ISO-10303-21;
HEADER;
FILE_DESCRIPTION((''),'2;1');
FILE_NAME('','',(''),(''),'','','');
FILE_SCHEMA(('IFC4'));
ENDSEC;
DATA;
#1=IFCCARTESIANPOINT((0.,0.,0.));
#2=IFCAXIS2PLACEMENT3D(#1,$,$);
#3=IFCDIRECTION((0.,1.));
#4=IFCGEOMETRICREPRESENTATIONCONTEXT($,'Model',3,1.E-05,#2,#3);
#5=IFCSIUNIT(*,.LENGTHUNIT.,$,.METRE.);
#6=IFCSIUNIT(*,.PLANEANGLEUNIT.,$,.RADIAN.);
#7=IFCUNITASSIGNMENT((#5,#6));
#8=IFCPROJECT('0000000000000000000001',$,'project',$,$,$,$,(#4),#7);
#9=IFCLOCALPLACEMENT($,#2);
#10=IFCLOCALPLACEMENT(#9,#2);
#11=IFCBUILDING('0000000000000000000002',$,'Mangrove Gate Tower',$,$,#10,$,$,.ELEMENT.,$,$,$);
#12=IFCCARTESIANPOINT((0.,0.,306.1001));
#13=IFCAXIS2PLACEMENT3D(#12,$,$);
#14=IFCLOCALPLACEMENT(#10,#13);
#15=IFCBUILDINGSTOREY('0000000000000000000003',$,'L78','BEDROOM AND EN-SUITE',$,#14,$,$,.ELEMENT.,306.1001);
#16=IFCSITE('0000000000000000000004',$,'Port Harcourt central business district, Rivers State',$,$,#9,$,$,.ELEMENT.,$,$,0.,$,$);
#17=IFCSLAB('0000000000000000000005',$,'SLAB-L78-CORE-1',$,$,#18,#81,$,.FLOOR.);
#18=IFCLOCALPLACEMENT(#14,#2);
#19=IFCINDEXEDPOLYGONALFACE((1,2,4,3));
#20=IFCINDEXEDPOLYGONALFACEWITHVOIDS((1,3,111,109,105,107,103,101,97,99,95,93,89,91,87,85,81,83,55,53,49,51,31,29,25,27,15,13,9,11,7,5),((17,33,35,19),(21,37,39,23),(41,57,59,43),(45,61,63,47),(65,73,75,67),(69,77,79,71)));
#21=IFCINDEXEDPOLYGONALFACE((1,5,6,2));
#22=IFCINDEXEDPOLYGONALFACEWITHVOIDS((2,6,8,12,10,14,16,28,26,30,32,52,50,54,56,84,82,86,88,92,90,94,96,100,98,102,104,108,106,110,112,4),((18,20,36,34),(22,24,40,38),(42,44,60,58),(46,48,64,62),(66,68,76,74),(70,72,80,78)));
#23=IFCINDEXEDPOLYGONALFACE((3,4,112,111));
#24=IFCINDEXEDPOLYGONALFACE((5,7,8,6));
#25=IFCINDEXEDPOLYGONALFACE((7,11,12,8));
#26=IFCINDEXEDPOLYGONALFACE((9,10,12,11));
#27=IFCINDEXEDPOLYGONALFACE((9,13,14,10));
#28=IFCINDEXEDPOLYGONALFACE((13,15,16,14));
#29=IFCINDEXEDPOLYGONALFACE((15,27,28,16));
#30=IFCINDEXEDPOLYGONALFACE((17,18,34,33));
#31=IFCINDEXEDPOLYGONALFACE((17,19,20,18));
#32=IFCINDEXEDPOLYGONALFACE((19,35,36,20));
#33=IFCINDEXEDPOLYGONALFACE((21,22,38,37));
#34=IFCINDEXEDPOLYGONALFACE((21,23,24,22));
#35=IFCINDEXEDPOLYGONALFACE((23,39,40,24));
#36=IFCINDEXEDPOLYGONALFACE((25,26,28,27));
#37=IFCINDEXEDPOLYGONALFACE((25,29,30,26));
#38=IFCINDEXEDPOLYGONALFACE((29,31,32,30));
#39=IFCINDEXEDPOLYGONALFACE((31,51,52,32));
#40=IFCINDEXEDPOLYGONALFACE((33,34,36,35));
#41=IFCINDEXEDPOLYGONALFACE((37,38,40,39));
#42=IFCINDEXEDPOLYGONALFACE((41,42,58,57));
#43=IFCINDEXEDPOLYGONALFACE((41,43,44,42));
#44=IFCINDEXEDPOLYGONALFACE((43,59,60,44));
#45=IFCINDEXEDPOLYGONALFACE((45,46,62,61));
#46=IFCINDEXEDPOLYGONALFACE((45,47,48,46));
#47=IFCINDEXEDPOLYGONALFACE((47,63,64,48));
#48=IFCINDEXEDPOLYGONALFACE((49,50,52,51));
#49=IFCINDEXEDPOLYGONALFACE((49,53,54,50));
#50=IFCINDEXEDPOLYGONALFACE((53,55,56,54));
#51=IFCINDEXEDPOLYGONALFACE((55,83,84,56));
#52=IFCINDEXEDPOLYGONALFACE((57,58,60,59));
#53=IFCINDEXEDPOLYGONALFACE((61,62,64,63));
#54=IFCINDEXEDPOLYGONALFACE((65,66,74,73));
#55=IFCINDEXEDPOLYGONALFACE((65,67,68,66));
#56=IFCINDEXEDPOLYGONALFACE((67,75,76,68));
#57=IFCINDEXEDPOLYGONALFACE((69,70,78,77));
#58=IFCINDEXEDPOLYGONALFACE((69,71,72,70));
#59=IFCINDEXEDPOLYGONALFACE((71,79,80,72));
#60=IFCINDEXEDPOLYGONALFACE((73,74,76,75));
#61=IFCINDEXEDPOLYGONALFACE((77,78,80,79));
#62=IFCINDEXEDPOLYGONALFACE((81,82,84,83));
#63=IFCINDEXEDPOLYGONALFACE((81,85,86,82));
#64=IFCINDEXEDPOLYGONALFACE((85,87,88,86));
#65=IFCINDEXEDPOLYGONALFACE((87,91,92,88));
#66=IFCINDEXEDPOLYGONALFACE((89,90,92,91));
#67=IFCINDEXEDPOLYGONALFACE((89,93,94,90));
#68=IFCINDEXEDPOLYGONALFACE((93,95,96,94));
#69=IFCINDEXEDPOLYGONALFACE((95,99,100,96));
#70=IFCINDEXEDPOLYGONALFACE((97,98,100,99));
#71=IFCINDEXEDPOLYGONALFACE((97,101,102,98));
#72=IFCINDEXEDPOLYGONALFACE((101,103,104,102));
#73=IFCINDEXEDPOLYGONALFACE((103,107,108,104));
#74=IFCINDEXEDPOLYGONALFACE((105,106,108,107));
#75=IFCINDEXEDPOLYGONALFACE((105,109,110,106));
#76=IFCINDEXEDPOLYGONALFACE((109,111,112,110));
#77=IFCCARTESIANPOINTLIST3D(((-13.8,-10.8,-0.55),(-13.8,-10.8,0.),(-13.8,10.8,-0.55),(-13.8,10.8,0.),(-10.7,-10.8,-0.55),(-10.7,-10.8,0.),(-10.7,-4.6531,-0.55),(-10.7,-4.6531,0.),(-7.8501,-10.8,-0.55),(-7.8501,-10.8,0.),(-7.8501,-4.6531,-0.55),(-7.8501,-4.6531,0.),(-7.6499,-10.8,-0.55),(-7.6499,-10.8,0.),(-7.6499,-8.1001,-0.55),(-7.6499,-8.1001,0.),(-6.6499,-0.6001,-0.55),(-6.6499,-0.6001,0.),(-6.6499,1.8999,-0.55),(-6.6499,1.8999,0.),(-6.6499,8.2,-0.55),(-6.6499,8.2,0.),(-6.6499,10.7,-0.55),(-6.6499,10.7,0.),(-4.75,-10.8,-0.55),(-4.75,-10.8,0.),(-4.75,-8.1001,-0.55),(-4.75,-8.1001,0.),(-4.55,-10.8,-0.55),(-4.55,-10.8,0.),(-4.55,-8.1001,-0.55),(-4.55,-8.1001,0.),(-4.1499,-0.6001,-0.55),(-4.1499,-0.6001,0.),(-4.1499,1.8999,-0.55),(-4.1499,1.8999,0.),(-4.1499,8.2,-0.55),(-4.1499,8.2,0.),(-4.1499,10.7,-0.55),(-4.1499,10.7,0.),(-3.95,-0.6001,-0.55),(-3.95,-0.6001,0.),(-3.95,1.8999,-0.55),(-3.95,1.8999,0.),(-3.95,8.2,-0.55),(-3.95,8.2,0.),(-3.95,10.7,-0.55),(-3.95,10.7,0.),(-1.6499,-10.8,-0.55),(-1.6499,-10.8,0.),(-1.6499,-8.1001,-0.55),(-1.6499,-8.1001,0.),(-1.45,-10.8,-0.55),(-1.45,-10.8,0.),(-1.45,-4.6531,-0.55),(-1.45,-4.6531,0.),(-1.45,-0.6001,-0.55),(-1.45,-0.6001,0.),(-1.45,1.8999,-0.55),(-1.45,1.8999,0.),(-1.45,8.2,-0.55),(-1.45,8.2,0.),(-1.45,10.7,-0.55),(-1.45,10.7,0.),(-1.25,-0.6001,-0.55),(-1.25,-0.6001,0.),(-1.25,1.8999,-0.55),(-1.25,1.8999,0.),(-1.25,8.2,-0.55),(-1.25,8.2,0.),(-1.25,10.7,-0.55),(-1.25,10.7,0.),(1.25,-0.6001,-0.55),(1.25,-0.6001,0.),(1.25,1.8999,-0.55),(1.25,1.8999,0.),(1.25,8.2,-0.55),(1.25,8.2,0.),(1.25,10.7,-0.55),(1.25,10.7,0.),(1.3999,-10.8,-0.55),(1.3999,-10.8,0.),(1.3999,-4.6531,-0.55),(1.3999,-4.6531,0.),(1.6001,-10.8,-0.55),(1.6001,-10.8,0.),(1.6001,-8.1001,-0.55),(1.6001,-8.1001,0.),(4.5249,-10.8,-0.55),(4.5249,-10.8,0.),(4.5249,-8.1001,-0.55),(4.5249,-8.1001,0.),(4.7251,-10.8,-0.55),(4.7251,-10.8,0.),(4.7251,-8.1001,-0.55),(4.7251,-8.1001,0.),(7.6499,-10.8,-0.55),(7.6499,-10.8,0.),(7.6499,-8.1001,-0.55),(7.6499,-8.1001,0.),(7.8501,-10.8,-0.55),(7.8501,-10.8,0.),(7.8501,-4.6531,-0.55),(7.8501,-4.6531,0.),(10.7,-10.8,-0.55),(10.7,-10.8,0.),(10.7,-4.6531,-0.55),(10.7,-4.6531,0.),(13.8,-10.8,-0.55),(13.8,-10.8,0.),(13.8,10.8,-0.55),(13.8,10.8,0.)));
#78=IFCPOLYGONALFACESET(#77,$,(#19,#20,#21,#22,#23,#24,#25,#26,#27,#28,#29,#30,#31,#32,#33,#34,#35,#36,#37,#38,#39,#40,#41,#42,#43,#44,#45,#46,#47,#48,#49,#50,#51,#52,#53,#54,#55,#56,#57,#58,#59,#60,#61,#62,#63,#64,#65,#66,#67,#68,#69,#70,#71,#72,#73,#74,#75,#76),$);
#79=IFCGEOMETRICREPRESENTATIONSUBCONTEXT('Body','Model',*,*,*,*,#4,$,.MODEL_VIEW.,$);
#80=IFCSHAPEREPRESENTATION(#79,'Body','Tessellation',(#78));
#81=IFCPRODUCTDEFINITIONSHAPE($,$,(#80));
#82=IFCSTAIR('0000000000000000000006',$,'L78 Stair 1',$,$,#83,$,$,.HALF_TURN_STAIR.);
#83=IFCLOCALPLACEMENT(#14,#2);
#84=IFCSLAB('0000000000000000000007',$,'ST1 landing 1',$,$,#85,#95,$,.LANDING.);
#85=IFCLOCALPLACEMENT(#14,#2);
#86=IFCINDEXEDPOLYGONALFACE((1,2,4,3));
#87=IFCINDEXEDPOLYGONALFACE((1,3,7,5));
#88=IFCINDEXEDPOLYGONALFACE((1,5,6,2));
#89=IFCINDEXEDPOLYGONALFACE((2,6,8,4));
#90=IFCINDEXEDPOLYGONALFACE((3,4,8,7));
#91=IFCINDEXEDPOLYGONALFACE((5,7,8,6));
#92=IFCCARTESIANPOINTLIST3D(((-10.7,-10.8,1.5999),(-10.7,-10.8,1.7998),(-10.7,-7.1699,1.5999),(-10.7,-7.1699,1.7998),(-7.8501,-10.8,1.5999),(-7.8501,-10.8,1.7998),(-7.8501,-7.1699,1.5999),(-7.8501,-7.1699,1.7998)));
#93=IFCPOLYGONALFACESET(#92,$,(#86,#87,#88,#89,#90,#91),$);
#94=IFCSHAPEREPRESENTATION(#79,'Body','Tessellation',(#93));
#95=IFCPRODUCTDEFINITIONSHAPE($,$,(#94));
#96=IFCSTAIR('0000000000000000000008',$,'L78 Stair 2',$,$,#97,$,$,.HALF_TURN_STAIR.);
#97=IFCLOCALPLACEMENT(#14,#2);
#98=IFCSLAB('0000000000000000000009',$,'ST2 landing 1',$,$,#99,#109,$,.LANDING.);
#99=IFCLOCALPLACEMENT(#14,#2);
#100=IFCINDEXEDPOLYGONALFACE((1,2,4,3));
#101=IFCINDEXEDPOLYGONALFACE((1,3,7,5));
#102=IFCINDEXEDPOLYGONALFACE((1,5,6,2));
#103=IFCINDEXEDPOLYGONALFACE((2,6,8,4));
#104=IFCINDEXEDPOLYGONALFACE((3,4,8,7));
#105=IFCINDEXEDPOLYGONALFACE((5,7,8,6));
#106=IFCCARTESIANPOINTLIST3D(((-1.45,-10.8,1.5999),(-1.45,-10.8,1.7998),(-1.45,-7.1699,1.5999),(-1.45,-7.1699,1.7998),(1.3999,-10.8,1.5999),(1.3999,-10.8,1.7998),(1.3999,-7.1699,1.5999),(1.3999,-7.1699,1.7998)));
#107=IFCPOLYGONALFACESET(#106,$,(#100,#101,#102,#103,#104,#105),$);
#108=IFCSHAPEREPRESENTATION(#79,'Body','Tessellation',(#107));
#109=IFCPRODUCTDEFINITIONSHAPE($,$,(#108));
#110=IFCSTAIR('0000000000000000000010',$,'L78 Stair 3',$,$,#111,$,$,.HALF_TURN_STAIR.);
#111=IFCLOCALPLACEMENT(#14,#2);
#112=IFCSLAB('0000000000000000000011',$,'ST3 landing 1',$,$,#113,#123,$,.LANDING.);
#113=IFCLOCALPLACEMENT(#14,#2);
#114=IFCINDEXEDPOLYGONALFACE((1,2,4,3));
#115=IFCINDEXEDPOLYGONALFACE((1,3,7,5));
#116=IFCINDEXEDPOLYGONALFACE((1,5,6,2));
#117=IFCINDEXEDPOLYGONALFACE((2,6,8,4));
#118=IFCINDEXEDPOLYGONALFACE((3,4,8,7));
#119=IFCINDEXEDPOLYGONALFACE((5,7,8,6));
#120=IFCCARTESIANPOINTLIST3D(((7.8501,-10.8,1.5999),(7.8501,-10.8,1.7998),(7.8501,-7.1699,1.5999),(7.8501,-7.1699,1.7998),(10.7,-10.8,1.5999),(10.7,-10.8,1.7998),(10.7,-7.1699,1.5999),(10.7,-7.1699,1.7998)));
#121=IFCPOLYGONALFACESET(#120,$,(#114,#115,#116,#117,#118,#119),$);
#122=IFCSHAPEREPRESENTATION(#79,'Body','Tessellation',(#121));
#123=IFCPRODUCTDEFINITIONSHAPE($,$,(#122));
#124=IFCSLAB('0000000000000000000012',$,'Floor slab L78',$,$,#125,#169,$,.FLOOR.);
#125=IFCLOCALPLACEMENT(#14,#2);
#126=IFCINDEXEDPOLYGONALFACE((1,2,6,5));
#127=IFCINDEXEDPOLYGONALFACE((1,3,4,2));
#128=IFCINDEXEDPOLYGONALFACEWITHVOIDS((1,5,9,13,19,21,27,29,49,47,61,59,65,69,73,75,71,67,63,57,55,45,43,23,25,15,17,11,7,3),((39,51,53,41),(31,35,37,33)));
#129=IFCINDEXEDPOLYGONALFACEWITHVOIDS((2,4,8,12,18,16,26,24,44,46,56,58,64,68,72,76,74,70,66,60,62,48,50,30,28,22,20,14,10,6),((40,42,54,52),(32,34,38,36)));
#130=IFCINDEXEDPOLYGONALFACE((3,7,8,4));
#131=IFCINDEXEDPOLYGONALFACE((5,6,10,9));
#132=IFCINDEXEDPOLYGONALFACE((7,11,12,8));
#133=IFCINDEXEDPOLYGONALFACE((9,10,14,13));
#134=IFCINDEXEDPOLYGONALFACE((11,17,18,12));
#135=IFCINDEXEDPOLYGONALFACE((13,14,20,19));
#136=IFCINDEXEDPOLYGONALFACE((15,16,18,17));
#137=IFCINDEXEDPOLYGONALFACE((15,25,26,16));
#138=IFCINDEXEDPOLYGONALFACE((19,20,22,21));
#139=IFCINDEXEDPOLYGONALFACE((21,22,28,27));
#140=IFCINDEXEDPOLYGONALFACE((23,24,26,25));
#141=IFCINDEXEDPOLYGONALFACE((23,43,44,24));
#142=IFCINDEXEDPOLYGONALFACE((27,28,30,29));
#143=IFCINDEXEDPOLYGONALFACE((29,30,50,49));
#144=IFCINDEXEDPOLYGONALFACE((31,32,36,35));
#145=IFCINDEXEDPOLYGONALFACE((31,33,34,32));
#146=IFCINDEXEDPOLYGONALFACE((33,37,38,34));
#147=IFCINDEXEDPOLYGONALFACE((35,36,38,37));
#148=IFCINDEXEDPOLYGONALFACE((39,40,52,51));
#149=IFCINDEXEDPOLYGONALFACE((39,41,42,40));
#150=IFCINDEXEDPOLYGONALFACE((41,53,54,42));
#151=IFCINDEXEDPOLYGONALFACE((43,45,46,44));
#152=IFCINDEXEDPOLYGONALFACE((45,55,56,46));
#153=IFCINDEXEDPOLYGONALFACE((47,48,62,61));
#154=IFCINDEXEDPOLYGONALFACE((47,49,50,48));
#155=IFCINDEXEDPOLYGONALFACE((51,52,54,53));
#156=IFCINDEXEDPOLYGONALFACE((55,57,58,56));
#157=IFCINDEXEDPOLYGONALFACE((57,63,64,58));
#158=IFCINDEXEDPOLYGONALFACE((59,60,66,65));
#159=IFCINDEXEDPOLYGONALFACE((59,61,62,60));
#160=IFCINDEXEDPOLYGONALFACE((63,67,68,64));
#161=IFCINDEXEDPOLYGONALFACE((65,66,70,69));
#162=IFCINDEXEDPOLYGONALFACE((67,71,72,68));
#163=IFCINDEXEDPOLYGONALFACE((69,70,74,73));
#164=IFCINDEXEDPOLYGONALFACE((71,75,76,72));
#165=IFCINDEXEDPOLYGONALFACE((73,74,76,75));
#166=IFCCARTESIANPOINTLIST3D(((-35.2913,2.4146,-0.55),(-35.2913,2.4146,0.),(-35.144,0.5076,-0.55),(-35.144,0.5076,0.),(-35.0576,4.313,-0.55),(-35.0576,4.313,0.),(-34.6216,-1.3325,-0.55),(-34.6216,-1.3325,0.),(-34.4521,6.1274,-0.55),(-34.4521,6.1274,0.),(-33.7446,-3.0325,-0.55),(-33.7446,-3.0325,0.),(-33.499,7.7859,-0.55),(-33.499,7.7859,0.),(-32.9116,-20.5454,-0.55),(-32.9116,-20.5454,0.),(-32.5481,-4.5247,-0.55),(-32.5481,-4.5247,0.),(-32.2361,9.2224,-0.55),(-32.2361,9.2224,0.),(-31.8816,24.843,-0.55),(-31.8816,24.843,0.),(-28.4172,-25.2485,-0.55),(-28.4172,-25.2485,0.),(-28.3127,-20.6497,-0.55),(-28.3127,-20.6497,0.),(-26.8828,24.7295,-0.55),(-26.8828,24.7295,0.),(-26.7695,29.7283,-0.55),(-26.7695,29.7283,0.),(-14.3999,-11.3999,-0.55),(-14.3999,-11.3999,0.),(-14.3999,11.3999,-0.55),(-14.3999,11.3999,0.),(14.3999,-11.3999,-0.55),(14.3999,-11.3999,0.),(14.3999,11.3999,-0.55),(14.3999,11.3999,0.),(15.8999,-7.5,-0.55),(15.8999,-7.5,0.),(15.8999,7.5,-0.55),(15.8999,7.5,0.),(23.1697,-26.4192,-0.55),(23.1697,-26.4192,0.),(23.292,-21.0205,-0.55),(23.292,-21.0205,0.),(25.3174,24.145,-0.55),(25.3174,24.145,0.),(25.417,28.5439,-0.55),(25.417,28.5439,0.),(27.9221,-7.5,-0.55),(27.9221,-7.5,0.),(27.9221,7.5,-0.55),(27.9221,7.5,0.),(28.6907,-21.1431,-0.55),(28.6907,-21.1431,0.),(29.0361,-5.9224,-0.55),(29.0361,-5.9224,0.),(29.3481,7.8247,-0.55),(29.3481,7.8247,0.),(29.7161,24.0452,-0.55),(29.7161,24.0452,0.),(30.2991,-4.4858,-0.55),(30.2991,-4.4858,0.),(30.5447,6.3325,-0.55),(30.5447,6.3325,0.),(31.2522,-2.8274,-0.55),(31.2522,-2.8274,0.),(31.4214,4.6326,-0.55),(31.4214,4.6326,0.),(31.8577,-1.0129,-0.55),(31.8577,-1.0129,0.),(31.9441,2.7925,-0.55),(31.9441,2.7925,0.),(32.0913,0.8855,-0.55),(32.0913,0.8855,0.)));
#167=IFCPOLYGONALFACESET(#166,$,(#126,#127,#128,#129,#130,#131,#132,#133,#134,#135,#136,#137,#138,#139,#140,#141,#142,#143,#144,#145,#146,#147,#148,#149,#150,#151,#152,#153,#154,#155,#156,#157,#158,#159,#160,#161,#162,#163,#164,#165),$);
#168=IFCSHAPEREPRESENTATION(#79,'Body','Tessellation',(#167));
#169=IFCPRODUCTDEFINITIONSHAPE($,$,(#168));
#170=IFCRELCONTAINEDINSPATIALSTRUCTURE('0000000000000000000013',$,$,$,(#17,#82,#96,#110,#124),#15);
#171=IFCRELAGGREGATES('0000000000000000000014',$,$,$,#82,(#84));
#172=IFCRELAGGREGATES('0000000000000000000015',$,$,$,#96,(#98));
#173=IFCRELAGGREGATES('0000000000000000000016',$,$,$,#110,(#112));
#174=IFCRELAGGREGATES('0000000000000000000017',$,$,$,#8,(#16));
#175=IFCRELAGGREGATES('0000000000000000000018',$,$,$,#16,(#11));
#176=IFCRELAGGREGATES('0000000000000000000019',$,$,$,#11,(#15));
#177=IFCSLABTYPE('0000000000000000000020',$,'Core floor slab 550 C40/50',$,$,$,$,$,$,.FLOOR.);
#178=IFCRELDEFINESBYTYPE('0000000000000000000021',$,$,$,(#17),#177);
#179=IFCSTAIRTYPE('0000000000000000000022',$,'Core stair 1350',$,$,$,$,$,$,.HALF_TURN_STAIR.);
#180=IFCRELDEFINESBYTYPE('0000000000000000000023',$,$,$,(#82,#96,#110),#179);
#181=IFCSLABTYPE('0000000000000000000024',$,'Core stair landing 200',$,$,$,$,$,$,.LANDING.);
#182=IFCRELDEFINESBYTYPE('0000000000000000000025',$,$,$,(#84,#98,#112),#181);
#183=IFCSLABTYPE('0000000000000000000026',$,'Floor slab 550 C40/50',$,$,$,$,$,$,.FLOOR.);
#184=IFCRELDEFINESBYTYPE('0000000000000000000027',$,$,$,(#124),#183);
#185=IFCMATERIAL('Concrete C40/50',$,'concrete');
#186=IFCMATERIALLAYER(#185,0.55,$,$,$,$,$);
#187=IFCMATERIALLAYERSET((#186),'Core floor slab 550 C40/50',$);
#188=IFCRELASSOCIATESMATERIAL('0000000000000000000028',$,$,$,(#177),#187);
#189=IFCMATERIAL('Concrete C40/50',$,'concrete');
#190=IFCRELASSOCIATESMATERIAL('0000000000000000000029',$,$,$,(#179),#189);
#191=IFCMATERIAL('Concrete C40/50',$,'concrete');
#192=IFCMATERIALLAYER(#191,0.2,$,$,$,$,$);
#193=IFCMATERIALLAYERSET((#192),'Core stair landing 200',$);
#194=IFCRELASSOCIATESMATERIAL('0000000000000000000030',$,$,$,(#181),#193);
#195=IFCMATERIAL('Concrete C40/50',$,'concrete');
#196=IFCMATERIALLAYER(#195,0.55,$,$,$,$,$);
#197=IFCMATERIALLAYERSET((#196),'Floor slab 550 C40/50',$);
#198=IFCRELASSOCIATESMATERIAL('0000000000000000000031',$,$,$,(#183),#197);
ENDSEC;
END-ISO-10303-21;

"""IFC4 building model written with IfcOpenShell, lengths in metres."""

from ifc_helpers import new_model, si_unit, direction, frame, origin, place, context, subcontext, project, spatial, polyline, outline, extrude, material, layer, layer_set, type_object, element, aggregate, save


model = new_model("IFC4")

# Units and contexts
model_context = context("Model", 3, precision=1e-05, world=origin(), true_north=direction((0.0, 1.0)))
body_context = subcontext(model_context, "Body", "Model", "MODEL_VIEW")
ifc_project = project(units=[si_unit("LENGTHUNIT", "METRE"), si_unit("PLANEANGLEUNIT", "RADIAN")], contexts=[model_context])

# Site, building, storey
site_placement = place(None, origin())
site = spatial("IfcSite", under=ifc_project, at=site_placement, Name="Port Harcourt central business district, Rivers State", CompositionType="ELEMENT", RefElevation=0.0)
building_placement = place(site_placement, origin())
building = spatial("IfcBuilding", under=site, at=building_placement, Name="Mangrove Gate Tower", CompositionType="ELEMENT")
storey_placement = place(building_placement, frame((0.0, 0.0, 306.1001)))
storey = spatial("IfcBuildingStorey", under=building, at=storey_placement, Name="L78", Description="BEDROOM AND EN-SUITE", CompositionType="ELEMENT", Elevation=306.1001)

# Slab
ifc_material_1 = material(Name="Concrete C40/50", Category="concrete")
ifc_layer_1 = layer(ifc_material_1, 0.55)
ifc_layer_set_1 = layer_set([ifc_layer_1], Name="Core floor slab 550 C40/50")
slab_type_1 = type_object("IfcSlabType", Name="Core floor slab 550 C40/50", PredefinedType="FLOOR", material=ifc_layer_set_1)
slab_1_placement = place(storey_placement, frame((0.0, 0.0, -0.55)))
element("IfcSlab", 1, at=slab_1_placement, inside=storey, type_object=slab_type_1, Name="SLAB-L78-CORE-1", PredefinedType="FLOOR", context=body_context, shape_type="SweptSolid", body=[
    extrude(outline(polyline([(-13.8, -10.8), (-13.8, 10.8), (13.8, 10.8), (13.8, -10.8), (10.7, -10.8), (10.7, -4.6531), (7.8501, -4.6531), (7.8501, -10.8), (7.6499, -10.8), (7.6499, -8.1001), (4.7251, -8.1001), (4.7251, -10.8), (4.5249, -10.8), (4.5249, -8.1001), (1.6001, -8.1001), (1.6001, -10.8), (1.3999, -10.8), (1.3999, -4.6531), (-1.45, -4.6531), (-1.45, -10.8), (-1.6499, -10.8), (-1.6499, -8.1001), (-4.55, -8.1001), (-4.55, -10.8), (-4.75, -10.8), (-4.75, -8.1001), (-7.6499, -8.1001), (-7.6499, -10.8), (-7.8501, -10.8), (-7.8501, -4.6531), (-10.7, -4.6531), (-10.7, -10.8), (-13.8, -10.8)]), holes=[polyline([(-4.1499, 1.8999), (-6.6499, 1.8999), (-6.6499, -0.6001), (-4.1499, -0.6001), (-4.1499, 1.8999)]), polyline([(-1.45, -0.6001), (-1.45, 1.8999), (-3.95, 1.8999), (-3.95, -0.6001), (-1.45, -0.6001)]), polyline([(-4.1499, 8.2), (-4.1499, 10.7), (-6.6499, 10.7), (-6.6499, 8.2), (-4.1499, 8.2)]), polyline([(-1.45, 10.7), (-3.95, 10.7), (-3.95, 8.2), (-1.45, 8.2), (-1.45, 10.7)]), polyline([(1.25, -0.6001), (1.25, 1.8999), (-1.25, 1.8999), (-1.25, -0.6001), (1.25, -0.6001)]), polyline([(1.25, 8.2), (1.25, 10.7), (-1.25, 10.7), (-1.25, 8.2), (1.25, 8.2)])]), origin(), (0.0, 0.0, 1.0), 0.55),
])

# Stairs, slabs
ifc_material_2 = material(Name="Concrete C40/50", Category="concrete")
stair_type = type_object("IfcStairType", Name="Core stair 1350", PredefinedType="HALF_TURN_STAIR", material=ifc_material_2)
stair_1_placement = place(storey_placement, origin())
stair_1 = element("IfcStair", 2, at=stair_1_placement, inside=storey, type_object=stair_type, Name="L78 Stair 1", PredefinedType="HALF_TURN_STAIR")
ifc_material_3 = material(Name="Concrete C40/50", Category="concrete")
ifc_layer_2 = layer(ifc_material_3, 0.2)
ifc_layer_set_2 = layer_set([ifc_layer_2], Name="Core stair landing 200")
slab_type_2 = type_object("IfcSlabType", Name="Core stair landing 200", PredefinedType="LANDING", material=ifc_layer_set_2)
slab_2_placement = place(storey_placement, frame((0.0, 0.0, 1.5999)))
slab_2 = element("IfcSlab", 3, at=slab_2_placement, type_object=slab_type_2, Name="ST1 landing 1", PredefinedType="LANDING", context=body_context, shape_type="SweptSolid", body=[
    extrude(outline(polyline([(-10.7, -7.1699), (-10.7, -10.8), (-7.8501, -10.8), (-7.8501, -7.1699), (-10.7, -7.1699)])), origin(), (0.0, 0.0, 1.0), 0.2),
])
aggregate(stair_1, [slab_2])
stair_2_placement = place(storey_placement, origin())
stair_2 = element("IfcStair", 4, at=stair_2_placement, inside=storey, type_object=stair_type, Name="L78 Stair 2", PredefinedType="HALF_TURN_STAIR")
slab_3_placement = place(storey_placement, frame((0.0, 0.0, 1.5999)))
slab_3 = element("IfcSlab", 5, at=slab_3_placement, type_object=slab_type_2, Name="ST2 landing 1", PredefinedType="LANDING", context=body_context, shape_type="SweptSolid", body=[
    extrude(outline(polyline([(-1.45, -7.1699), (-1.45, -10.8), (1.3999, -10.8), (1.3999, -7.1699), (-1.45, -7.1699)])), origin(), (0.0, 0.0, 1.0), 0.2),
])
aggregate(stair_2, [slab_3])
stair_3_placement = place(storey_placement, origin())
stair_3 = element("IfcStair", 6, at=stair_3_placement, inside=storey, type_object=stair_type, Name="L78 Stair 3", PredefinedType="HALF_TURN_STAIR")
slab_4_placement = place(storey_placement, frame((0.0, 0.0, 1.5999)))
slab_4 = element("IfcSlab", 7, at=slab_4_placement, type_object=slab_type_2, Name="ST3 landing 1", PredefinedType="LANDING", context=body_context, shape_type="SweptSolid", body=[
    extrude(outline(polyline([(7.8501, -7.1699), (7.8501, -10.8), (10.7, -10.8), (10.7, -7.1699), (7.8501, -7.1699)])), origin(), (0.0, 0.0, 1.0), 0.2),
])
aggregate(stair_3, [slab_4])

# Slab
ifc_material_4 = material(Name="Concrete C40/50", Category="concrete")
ifc_layer_3 = layer(ifc_material_4, 0.55)
ifc_layer_set_3 = layer_set([ifc_layer_3], Name="Floor slab 550 C40/50")
slab_type_3 = type_object("IfcSlabType", Name="Floor slab 550 C40/50", PredefinedType="FLOOR", material=ifc_layer_set_3)
slab_5_placement = place(storey_placement, frame((0.0, 0.0, -0.55)))
element("IfcSlab", 8, at=slab_5_placement, inside=storey, type_object=slab_type_3, Name="Floor slab L78", PredefinedType="FLOOR", context=body_context, shape_type="SweptSolid", body=[
    extrude(outline(polyline([(-28.4172, -25.2485), (23.1697, -26.4192), (23.292, -21.0205), (28.6907, -21.1431), (29.0361, -5.9224), (30.2991, -4.4858), (31.2522, -2.8274), (31.8577, -1.0129), (32.0913, 0.8855), (31.9441, 2.7925), (31.4214, 4.6326), (30.5447, 6.3325), (29.3481, 7.8247), (29.7161, 24.0452), (25.3174, 24.145), (25.417, 28.5439), (-26.7695, 29.7283), (-26.8828, 24.7295), (-31.8816, 24.843), (-32.2361, 9.2224), (-33.499, 7.7859), (-34.4521, 6.1274), (-35.0576, 4.313), (-35.2913, 2.4146), (-35.144, 0.5076), (-34.6216, -1.3325), (-33.7446, -3.0325), (-32.5481, -4.5247), (-32.9116, -20.5454), (-28.3127, -20.6497), (-28.4172, -25.2485)]), holes=[polyline([(15.8999, 7.5), (27.9221, 7.5), (27.9221, -7.5), (15.8999, -7.5), (15.8999, 7.5)]), polyline([(-14.3999, -11.3999), (-14.3999, 11.3999), (14.3999, 11.3999), (14.3999, -11.3999), (-14.3999, -11.3999)])]), origin(), (0.0, 0.0, 1.0), 0.55),
])

save(model, "model.ifc")
